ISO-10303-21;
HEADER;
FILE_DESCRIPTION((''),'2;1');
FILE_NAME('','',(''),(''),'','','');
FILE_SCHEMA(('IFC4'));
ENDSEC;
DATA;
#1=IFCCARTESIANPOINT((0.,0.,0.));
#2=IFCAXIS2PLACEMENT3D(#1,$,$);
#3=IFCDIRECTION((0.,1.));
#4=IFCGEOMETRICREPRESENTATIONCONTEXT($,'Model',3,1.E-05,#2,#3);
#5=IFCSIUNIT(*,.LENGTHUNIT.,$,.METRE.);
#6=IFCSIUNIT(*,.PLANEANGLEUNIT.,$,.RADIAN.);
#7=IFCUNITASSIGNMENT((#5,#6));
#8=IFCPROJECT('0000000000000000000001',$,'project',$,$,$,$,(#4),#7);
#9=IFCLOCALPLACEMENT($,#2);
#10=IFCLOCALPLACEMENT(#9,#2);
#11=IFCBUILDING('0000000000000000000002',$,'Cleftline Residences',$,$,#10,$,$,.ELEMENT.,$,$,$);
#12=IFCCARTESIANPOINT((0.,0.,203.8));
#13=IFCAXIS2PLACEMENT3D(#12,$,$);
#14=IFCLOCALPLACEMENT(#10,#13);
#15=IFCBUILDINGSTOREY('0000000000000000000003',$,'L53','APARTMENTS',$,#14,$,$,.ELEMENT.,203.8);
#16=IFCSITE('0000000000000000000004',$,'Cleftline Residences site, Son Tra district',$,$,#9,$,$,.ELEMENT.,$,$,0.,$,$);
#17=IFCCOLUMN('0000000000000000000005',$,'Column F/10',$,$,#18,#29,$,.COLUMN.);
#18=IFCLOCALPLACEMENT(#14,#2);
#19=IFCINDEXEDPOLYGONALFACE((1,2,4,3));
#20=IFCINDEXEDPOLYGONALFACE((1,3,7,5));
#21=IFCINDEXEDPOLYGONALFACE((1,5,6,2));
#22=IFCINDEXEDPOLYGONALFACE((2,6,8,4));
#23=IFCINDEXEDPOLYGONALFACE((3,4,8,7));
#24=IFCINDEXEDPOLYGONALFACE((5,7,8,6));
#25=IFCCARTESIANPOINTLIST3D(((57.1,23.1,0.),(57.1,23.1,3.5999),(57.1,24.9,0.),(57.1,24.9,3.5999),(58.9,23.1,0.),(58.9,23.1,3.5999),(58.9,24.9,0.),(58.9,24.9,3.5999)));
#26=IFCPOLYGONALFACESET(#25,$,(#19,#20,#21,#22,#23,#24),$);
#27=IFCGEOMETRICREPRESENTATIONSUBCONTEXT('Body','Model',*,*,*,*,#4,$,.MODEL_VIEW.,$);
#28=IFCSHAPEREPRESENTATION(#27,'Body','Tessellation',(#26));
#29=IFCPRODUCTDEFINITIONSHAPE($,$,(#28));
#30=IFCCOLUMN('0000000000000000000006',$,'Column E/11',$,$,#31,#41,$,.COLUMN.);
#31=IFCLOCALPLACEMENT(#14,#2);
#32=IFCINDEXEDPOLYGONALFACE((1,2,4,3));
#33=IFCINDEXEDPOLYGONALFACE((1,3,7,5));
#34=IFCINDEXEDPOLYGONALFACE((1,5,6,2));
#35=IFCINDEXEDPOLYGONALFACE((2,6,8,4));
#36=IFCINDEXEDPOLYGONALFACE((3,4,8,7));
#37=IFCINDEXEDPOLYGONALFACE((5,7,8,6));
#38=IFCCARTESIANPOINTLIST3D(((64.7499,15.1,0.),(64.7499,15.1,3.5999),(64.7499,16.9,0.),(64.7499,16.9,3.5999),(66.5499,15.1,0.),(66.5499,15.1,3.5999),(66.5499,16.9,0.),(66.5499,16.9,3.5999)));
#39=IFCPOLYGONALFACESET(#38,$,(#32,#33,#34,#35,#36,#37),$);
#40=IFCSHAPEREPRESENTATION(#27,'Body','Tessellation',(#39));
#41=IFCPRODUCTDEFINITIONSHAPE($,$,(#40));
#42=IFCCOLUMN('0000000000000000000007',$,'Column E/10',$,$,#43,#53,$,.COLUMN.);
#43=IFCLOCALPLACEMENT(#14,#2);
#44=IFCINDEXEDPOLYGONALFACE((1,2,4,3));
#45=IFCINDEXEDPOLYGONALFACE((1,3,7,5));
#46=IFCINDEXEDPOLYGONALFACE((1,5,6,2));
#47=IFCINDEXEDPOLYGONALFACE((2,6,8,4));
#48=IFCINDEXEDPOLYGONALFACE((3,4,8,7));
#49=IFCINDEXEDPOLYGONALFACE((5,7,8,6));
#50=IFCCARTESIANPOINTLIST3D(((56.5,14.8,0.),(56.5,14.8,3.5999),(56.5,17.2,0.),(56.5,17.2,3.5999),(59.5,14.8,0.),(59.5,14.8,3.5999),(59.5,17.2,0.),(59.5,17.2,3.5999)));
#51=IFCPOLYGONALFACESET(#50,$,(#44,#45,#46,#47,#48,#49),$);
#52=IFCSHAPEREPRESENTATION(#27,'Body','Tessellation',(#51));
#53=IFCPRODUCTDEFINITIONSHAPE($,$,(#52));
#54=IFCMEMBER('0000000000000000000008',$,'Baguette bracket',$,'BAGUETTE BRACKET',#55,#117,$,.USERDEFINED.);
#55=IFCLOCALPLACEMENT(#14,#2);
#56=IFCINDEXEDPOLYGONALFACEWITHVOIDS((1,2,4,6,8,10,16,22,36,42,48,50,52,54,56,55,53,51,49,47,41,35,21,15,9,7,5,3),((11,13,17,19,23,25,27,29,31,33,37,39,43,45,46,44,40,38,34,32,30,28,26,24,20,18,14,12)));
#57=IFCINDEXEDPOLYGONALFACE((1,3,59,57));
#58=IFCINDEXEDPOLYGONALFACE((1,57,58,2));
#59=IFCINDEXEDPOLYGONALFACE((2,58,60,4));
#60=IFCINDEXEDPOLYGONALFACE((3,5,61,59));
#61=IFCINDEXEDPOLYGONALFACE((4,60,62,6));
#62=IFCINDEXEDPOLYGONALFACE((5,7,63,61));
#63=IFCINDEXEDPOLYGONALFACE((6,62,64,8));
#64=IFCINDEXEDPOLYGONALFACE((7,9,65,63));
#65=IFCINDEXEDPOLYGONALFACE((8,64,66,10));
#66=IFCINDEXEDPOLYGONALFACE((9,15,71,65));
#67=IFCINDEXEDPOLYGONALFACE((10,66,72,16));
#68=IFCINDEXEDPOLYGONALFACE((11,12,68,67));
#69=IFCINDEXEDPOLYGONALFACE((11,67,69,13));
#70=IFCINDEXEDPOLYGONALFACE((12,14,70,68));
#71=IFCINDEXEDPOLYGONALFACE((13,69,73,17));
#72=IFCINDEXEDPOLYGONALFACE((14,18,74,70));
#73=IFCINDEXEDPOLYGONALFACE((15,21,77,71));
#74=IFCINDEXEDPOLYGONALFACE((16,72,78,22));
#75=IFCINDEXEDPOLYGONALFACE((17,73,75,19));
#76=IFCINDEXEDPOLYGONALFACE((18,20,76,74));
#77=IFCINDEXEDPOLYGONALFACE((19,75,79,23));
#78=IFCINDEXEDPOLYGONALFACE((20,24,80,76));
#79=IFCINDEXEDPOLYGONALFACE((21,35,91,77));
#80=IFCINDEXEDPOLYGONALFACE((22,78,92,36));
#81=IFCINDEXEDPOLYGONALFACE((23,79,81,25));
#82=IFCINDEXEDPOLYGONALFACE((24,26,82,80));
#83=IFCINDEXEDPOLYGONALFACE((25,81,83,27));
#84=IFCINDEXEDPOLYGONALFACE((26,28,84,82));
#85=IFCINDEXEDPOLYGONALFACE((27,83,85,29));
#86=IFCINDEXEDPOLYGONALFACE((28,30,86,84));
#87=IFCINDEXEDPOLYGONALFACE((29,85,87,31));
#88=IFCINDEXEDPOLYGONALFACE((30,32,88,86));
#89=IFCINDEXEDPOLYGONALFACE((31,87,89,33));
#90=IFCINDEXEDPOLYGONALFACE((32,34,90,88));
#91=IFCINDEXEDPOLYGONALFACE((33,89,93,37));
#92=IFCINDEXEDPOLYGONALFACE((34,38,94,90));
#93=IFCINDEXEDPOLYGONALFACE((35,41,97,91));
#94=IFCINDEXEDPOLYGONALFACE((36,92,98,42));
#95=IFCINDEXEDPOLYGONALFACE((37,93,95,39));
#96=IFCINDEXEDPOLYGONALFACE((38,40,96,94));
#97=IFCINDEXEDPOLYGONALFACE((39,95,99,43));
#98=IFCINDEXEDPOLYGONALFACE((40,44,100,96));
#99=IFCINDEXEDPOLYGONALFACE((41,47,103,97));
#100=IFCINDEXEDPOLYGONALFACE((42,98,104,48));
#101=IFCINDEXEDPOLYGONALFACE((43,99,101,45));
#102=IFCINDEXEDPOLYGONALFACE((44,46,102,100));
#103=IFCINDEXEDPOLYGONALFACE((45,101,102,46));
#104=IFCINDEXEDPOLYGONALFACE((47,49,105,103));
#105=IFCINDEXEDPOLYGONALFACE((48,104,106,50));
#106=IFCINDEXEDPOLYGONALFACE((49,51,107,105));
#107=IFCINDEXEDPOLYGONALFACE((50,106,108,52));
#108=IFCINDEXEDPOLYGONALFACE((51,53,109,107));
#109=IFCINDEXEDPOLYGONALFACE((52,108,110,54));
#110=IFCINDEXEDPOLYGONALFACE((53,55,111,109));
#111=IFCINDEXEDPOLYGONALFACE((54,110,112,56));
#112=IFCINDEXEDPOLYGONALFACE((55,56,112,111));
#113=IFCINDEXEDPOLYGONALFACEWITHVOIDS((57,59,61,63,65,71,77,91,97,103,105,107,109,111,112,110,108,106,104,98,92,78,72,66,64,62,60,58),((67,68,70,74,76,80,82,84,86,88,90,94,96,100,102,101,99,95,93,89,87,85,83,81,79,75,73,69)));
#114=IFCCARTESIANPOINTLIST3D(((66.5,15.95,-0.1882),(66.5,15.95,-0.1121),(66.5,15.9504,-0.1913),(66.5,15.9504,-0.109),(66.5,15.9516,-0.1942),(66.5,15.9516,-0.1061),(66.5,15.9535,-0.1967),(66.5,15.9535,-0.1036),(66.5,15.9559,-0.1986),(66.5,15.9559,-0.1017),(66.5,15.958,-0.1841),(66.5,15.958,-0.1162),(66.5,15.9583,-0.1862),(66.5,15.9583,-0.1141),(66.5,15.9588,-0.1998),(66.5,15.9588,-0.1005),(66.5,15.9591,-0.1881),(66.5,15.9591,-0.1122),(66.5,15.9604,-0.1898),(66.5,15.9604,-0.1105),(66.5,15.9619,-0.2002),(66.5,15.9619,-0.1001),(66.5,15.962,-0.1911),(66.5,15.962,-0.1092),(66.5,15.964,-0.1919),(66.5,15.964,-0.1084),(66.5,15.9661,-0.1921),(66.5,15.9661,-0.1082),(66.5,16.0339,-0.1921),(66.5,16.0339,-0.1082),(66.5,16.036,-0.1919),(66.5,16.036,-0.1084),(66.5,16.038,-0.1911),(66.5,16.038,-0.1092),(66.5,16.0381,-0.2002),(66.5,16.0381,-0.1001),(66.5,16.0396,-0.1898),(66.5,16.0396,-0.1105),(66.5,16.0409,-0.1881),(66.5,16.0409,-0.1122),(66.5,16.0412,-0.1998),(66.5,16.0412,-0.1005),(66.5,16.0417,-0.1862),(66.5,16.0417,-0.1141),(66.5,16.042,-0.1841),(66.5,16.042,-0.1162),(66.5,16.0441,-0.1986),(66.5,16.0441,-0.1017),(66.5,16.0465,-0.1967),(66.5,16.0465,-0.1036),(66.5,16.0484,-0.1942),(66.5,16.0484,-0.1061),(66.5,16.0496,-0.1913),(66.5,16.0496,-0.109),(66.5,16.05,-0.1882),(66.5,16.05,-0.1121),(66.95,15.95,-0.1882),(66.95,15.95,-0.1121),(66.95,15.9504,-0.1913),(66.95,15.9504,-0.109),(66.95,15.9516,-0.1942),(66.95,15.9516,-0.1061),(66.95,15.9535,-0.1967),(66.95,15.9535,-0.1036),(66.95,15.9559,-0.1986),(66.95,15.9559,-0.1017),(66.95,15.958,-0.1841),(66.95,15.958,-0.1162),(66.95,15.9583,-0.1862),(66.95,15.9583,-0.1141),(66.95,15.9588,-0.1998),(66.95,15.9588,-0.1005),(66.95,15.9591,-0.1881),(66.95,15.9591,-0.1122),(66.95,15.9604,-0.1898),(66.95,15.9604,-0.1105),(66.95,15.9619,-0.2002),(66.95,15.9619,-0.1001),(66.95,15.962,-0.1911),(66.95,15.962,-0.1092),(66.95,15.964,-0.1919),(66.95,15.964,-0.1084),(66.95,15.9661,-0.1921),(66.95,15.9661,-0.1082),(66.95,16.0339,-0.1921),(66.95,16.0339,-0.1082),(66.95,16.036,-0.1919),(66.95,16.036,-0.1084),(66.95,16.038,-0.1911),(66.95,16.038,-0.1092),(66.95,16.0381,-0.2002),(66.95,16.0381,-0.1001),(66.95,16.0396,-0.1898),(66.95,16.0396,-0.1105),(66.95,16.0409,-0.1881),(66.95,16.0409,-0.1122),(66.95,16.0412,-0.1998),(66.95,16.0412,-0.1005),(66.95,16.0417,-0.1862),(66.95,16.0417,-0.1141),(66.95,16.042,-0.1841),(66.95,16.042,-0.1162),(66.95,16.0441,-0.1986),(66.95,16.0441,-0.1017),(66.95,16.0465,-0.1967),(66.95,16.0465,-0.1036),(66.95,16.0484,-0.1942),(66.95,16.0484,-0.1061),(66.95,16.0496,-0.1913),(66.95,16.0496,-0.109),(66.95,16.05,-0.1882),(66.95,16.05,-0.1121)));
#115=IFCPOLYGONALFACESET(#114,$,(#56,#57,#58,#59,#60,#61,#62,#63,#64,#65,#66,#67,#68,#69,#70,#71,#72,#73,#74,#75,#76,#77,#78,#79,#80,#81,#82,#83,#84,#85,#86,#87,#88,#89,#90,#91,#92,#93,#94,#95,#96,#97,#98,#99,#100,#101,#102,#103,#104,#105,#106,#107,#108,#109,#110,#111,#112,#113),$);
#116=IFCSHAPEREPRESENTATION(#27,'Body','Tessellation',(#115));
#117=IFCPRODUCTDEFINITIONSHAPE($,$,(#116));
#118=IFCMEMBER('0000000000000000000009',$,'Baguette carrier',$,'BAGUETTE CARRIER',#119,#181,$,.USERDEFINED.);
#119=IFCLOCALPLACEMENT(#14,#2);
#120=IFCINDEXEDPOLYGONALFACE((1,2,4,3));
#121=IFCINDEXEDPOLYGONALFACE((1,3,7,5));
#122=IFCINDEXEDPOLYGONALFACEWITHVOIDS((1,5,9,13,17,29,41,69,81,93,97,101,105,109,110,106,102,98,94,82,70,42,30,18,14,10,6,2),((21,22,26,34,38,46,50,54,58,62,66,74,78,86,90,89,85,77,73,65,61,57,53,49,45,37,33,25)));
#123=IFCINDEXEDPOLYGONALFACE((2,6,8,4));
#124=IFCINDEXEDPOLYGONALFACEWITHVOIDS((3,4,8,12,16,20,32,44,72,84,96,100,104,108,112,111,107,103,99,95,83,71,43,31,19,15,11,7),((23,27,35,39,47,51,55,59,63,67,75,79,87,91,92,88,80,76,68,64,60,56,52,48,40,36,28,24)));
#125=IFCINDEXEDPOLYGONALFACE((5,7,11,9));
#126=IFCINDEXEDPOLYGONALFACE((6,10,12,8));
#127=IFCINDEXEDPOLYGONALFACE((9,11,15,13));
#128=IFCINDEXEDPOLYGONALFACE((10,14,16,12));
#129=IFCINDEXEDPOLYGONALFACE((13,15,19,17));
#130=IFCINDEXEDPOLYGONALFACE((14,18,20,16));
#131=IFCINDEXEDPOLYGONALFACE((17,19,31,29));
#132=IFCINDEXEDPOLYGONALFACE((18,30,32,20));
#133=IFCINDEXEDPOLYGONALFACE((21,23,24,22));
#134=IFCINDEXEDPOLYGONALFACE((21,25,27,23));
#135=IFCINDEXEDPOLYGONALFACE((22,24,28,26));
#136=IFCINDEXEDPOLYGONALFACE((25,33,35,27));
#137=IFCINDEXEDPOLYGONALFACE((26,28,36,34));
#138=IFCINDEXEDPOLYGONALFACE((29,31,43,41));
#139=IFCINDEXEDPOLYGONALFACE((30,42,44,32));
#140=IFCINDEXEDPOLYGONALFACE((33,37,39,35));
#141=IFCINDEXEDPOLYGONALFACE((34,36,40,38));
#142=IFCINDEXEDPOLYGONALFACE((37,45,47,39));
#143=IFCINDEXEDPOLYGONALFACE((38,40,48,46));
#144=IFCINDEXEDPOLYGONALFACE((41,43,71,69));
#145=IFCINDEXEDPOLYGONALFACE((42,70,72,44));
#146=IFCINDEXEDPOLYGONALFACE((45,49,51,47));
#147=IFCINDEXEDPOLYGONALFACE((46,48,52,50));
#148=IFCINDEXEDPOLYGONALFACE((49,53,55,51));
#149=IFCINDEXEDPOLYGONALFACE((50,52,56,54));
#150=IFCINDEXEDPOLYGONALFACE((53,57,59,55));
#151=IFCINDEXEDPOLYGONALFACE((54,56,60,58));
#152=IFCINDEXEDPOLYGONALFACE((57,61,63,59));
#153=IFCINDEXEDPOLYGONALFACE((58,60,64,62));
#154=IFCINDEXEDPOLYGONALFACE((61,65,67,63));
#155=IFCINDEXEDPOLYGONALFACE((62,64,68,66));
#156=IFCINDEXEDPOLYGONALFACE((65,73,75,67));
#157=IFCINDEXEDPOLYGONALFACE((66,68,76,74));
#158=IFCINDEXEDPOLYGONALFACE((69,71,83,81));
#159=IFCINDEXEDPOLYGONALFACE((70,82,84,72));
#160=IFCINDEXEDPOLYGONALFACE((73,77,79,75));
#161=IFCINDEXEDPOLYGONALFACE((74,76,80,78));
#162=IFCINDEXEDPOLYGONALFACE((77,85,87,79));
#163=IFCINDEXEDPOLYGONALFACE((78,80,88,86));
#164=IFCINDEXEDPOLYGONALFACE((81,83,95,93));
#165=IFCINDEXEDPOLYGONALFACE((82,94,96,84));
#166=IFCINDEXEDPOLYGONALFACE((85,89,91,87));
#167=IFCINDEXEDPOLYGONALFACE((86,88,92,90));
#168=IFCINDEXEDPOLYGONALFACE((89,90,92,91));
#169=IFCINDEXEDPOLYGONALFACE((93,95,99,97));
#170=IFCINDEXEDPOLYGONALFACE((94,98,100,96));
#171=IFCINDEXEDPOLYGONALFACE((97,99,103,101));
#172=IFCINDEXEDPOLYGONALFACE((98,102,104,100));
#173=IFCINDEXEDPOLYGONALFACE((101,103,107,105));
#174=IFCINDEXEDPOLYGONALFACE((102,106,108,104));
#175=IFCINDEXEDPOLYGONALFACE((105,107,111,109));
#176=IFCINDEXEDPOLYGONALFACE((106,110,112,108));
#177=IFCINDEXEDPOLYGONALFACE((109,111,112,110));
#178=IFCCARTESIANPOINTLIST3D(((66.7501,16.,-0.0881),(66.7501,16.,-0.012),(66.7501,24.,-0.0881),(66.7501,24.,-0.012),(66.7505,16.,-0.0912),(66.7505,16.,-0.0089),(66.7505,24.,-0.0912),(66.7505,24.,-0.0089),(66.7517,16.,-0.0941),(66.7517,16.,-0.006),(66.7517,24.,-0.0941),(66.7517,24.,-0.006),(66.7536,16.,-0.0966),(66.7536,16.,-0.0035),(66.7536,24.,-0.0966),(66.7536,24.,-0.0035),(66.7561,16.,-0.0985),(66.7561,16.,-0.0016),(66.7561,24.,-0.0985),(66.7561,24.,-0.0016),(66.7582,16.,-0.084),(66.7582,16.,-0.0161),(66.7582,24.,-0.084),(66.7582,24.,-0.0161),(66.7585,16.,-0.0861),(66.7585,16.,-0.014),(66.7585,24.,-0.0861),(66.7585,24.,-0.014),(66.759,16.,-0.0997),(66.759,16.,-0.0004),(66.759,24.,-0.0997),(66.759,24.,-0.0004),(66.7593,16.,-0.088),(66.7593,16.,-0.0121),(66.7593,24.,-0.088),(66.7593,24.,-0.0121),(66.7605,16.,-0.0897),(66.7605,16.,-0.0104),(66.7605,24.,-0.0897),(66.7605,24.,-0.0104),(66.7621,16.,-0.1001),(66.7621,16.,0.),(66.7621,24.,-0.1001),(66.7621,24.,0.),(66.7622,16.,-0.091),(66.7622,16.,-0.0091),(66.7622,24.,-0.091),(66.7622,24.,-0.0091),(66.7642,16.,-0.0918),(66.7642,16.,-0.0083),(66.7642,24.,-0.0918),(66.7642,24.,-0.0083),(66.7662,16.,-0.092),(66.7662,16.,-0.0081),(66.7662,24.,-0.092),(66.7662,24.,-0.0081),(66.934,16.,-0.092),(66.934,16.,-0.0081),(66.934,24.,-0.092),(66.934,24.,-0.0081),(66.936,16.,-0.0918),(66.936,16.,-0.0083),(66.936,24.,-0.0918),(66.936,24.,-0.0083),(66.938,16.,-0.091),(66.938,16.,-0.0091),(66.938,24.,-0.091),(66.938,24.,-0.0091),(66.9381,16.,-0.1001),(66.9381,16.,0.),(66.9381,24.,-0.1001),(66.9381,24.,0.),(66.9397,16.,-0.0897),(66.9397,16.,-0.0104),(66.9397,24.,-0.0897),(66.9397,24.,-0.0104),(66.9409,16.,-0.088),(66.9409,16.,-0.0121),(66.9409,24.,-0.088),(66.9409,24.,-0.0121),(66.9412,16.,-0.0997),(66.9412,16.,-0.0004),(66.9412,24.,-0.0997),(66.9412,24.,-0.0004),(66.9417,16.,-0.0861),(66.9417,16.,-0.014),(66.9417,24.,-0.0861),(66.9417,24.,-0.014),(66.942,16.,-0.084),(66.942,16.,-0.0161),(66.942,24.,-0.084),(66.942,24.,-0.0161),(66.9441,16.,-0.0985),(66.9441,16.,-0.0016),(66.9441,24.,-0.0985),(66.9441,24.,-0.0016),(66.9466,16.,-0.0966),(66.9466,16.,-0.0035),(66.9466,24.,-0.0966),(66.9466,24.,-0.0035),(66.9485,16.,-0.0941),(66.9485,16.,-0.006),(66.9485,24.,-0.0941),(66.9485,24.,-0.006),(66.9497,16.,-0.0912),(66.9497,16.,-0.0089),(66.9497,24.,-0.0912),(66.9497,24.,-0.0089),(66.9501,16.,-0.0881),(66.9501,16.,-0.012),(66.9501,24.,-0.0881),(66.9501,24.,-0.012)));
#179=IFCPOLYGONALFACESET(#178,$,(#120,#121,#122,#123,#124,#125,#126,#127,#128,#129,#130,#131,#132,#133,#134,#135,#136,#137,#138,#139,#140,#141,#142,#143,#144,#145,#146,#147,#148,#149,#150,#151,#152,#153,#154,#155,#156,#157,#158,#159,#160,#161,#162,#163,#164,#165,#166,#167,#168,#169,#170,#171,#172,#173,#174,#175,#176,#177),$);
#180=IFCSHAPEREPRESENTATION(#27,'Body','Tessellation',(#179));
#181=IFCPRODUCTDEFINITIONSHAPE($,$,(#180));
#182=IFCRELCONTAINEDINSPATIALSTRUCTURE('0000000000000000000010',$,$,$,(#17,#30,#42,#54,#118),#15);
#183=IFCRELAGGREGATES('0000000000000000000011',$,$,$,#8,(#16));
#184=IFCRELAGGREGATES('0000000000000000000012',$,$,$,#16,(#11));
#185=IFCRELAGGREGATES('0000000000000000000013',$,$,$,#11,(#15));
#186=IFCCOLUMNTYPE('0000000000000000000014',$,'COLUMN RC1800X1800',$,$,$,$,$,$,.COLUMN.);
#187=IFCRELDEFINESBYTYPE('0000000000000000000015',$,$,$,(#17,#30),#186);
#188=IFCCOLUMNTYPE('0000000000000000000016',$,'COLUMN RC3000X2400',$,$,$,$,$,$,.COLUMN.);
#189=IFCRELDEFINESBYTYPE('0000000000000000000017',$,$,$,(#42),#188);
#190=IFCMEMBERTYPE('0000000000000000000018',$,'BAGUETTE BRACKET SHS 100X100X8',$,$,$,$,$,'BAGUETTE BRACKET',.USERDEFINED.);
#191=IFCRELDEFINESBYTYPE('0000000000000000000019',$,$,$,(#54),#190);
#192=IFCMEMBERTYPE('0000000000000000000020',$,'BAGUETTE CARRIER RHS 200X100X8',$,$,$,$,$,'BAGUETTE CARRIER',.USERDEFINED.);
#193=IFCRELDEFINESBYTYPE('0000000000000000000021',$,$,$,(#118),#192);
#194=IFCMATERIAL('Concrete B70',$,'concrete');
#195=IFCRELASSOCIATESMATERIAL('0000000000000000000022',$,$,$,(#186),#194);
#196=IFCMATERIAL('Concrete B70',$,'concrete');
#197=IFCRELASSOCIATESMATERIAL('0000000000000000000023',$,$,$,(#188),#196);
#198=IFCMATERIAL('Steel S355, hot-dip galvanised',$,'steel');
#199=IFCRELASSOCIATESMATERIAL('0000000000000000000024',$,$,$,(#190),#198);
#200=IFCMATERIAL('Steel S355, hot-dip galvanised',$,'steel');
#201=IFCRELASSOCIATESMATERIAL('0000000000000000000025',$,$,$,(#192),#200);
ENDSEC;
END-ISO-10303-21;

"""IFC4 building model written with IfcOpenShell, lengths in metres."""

from ifc_helpers import new_model, si_unit, direction, frame, origin, origin_2d, place, context, subcontext, project, spatial, rectangle, hollow_rectangle, extrude, material, material_profile, profile_set, type_object, element, save


model = new_model("IFC4")

# Units and contexts
model_context = context("Model", 3, precision=1e-05, world=origin(), true_north=direction((0.0, 1.0)))
body_context = subcontext(model_context, "Body", "Model", "MODEL_VIEW")
ifc_project = project(units=[si_unit("LENGTHUNIT", "METRE"), si_unit("PLANEANGLEUNIT", "RADIAN")], contexts=[model_context])

# Site, building, storey
site_placement = place(None, origin())
site = spatial("IfcSite", under=ifc_project, at=site_placement, Name="Cleftline Residences site, Son Tra district", CompositionType="ELEMENT", RefElevation=0.0)
building_placement = place(site_placement, origin())
building = spatial("IfcBuilding", under=site, at=building_placement, Name="Cleftline Residences", CompositionType="ELEMENT")
storey_placement = place(building_placement, frame((0.0, 0.0, 203.8)))
storey = spatial("IfcBuildingStorey", under=building, at=storey_placement, Name="L53", Description="APARTMENTS", CompositionType="ELEMENT", Elevation=203.8)

# Columns
ifc_material_1 = material(Name="Concrete B70", Category="concrete")
ifc_material_profile_1 = material_profile(ifc_material_1, rectangle(XDim=1.8, YDim=1.8, at=origin_2d()))
ifc_profile_set_1 = profile_set([ifc_material_profile_1], Name="Concrete B70")
column_type_1 = type_object("IfcColumnType", Name="COLUMN RC1800X1800", PredefinedType="COLUMN", material=ifc_profile_set_1)
for number, where, z_axis, x_axis, name in (
    (1, (58.0, 24.0, 0.0), (0.0, 0.0, 1.0), (1.0, 0.0, 0.0), "Column F/10"),
    (2, (65.6499, 16.0, 0.0), (0.0, 0.0, 1.0), (1.0, 0.0, 0.0), "Column E/11"),
):
    element("IfcColumn", number, at=place(storey_placement, frame(where, z_axis=z_axis, x_axis=x_axis)), inside=storey, type_object=column_type_1, Name=name, PredefinedType="COLUMN", context=body_context, shape_type="SweptSolid", body=[
        extrude(rectangle(XDim=1.8, YDim=1.8, at=origin_2d()), origin(), (0.0, 0.0, 1.0), 3.5999),
    ])
ifc_material_2 = material(Name="Concrete B70", Category="concrete")
ifc_material_profile_2 = material_profile(ifc_material_2, rectangle(XDim=3.0, YDim=2.3999, at=origin_2d()))
ifc_profile_set_2 = profile_set([ifc_material_profile_2], Name="Concrete B70")
column_type_2 = type_object("IfcColumnType", Name="COLUMN RC3000X2400", PredefinedType="COLUMN", material=ifc_profile_set_2)
column_placement = place(storey_placement, frame((58.0, 16.0, 0.0), z_axis=(0.0, 0.0, 1.0), x_axis=(1.0, 0.0, 0.0)))
element("IfcColumn", 3, at=column_placement, inside=storey, type_object=column_type_2, Name="Column E/10", PredefinedType="COLUMN", context=body_context, shape_type="SweptSolid", body=[
    extrude(rectangle(XDim=3.0, YDim=2.3999, at=origin_2d()), origin(), (0.0, 0.0, 1.0), 3.5999),
])

# Members
ifc_material_3 = material(Name="Steel S355, hot-dip galvanised", Category="steel")
ifc_material_profile_3 = material_profile(ifc_material_3, hollow_rectangle(XDim=0.1001, YDim=0.1001, WallThickness=0.0081, InnerFilletRadius=0.0081, OuterFilletRadius=0.012, at=origin_2d()))
ifc_profile_set_3 = profile_set([ifc_material_profile_3], Name="Steel S355, hot-dip galvanised")
member_type_1 = type_object("IfcMemberType", Name="BAGUETTE BRACKET SHS 100X100X8", ElementType="BAGUETTE BRACKET", PredefinedType="USERDEFINED", material=ifc_profile_set_3)
member_1_placement = place(storey_placement, frame((66.5, 16.0, -0.1501), z_axis=(1.0, 0.0, 0.0), x_axis=(0.0, 1.0, 0.0)))
element("IfcMember", 4, at=member_1_placement, inside=storey, type_object=member_type_1, Name="Baguette bracket", ObjectType="BAGUETTE BRACKET", PredefinedType="USERDEFINED", context=body_context, shape_type="SweptSolid", body=[
    extrude(hollow_rectangle(XDim=0.1001, YDim=0.1001, WallThickness=0.0081, InnerFilletRadius=0.0081, OuterFilletRadius=0.012, at=origin_2d()), origin(), (0.0, 0.0, 1.0), 0.45),
])
ifc_material_4 = material(Name="Steel S355, hot-dip galvanised", Category="steel")
ifc_material_profile_4 = material_profile(ifc_material_4, hollow_rectangle(XDim=0.1001, YDim=0.2, WallThickness=0.0081, InnerFilletRadius=0.0081, OuterFilletRadius=0.012, at=origin_2d()))
ifc_profile_set_4 = profile_set([ifc_material_profile_4], Name="Steel S355, hot-dip galvanised")
member_type_2 = type_object("IfcMemberType", Name="BAGUETTE CARRIER RHS 200X100X8", ElementType="BAGUETTE CARRIER", PredefinedType="USERDEFINED", material=ifc_profile_set_4)
member_2_placement = place(storey_placement, frame((66.8501, 16.0, -0.05), z_axis=(0.0, 1.0, 0.0), x_axis=(0.0, 0.0, 1.0)))
element("IfcMember", 5, at=member_2_placement, inside=storey, type_object=member_type_2, Name="Baguette carrier", ObjectType="BAGUETTE CARRIER", PredefinedType="USERDEFINED", context=body_context, shape_type="SweptSolid", body=[
    extrude(hollow_rectangle(XDim=0.1001, YDim=0.2, WallThickness=0.0081, InnerFilletRadius=0.0081, OuterFilletRadius=0.012, at=origin_2d()), origin(), (0.0, 0.0, 1.0), 8.0),
])

save(model, "model.ifc")
